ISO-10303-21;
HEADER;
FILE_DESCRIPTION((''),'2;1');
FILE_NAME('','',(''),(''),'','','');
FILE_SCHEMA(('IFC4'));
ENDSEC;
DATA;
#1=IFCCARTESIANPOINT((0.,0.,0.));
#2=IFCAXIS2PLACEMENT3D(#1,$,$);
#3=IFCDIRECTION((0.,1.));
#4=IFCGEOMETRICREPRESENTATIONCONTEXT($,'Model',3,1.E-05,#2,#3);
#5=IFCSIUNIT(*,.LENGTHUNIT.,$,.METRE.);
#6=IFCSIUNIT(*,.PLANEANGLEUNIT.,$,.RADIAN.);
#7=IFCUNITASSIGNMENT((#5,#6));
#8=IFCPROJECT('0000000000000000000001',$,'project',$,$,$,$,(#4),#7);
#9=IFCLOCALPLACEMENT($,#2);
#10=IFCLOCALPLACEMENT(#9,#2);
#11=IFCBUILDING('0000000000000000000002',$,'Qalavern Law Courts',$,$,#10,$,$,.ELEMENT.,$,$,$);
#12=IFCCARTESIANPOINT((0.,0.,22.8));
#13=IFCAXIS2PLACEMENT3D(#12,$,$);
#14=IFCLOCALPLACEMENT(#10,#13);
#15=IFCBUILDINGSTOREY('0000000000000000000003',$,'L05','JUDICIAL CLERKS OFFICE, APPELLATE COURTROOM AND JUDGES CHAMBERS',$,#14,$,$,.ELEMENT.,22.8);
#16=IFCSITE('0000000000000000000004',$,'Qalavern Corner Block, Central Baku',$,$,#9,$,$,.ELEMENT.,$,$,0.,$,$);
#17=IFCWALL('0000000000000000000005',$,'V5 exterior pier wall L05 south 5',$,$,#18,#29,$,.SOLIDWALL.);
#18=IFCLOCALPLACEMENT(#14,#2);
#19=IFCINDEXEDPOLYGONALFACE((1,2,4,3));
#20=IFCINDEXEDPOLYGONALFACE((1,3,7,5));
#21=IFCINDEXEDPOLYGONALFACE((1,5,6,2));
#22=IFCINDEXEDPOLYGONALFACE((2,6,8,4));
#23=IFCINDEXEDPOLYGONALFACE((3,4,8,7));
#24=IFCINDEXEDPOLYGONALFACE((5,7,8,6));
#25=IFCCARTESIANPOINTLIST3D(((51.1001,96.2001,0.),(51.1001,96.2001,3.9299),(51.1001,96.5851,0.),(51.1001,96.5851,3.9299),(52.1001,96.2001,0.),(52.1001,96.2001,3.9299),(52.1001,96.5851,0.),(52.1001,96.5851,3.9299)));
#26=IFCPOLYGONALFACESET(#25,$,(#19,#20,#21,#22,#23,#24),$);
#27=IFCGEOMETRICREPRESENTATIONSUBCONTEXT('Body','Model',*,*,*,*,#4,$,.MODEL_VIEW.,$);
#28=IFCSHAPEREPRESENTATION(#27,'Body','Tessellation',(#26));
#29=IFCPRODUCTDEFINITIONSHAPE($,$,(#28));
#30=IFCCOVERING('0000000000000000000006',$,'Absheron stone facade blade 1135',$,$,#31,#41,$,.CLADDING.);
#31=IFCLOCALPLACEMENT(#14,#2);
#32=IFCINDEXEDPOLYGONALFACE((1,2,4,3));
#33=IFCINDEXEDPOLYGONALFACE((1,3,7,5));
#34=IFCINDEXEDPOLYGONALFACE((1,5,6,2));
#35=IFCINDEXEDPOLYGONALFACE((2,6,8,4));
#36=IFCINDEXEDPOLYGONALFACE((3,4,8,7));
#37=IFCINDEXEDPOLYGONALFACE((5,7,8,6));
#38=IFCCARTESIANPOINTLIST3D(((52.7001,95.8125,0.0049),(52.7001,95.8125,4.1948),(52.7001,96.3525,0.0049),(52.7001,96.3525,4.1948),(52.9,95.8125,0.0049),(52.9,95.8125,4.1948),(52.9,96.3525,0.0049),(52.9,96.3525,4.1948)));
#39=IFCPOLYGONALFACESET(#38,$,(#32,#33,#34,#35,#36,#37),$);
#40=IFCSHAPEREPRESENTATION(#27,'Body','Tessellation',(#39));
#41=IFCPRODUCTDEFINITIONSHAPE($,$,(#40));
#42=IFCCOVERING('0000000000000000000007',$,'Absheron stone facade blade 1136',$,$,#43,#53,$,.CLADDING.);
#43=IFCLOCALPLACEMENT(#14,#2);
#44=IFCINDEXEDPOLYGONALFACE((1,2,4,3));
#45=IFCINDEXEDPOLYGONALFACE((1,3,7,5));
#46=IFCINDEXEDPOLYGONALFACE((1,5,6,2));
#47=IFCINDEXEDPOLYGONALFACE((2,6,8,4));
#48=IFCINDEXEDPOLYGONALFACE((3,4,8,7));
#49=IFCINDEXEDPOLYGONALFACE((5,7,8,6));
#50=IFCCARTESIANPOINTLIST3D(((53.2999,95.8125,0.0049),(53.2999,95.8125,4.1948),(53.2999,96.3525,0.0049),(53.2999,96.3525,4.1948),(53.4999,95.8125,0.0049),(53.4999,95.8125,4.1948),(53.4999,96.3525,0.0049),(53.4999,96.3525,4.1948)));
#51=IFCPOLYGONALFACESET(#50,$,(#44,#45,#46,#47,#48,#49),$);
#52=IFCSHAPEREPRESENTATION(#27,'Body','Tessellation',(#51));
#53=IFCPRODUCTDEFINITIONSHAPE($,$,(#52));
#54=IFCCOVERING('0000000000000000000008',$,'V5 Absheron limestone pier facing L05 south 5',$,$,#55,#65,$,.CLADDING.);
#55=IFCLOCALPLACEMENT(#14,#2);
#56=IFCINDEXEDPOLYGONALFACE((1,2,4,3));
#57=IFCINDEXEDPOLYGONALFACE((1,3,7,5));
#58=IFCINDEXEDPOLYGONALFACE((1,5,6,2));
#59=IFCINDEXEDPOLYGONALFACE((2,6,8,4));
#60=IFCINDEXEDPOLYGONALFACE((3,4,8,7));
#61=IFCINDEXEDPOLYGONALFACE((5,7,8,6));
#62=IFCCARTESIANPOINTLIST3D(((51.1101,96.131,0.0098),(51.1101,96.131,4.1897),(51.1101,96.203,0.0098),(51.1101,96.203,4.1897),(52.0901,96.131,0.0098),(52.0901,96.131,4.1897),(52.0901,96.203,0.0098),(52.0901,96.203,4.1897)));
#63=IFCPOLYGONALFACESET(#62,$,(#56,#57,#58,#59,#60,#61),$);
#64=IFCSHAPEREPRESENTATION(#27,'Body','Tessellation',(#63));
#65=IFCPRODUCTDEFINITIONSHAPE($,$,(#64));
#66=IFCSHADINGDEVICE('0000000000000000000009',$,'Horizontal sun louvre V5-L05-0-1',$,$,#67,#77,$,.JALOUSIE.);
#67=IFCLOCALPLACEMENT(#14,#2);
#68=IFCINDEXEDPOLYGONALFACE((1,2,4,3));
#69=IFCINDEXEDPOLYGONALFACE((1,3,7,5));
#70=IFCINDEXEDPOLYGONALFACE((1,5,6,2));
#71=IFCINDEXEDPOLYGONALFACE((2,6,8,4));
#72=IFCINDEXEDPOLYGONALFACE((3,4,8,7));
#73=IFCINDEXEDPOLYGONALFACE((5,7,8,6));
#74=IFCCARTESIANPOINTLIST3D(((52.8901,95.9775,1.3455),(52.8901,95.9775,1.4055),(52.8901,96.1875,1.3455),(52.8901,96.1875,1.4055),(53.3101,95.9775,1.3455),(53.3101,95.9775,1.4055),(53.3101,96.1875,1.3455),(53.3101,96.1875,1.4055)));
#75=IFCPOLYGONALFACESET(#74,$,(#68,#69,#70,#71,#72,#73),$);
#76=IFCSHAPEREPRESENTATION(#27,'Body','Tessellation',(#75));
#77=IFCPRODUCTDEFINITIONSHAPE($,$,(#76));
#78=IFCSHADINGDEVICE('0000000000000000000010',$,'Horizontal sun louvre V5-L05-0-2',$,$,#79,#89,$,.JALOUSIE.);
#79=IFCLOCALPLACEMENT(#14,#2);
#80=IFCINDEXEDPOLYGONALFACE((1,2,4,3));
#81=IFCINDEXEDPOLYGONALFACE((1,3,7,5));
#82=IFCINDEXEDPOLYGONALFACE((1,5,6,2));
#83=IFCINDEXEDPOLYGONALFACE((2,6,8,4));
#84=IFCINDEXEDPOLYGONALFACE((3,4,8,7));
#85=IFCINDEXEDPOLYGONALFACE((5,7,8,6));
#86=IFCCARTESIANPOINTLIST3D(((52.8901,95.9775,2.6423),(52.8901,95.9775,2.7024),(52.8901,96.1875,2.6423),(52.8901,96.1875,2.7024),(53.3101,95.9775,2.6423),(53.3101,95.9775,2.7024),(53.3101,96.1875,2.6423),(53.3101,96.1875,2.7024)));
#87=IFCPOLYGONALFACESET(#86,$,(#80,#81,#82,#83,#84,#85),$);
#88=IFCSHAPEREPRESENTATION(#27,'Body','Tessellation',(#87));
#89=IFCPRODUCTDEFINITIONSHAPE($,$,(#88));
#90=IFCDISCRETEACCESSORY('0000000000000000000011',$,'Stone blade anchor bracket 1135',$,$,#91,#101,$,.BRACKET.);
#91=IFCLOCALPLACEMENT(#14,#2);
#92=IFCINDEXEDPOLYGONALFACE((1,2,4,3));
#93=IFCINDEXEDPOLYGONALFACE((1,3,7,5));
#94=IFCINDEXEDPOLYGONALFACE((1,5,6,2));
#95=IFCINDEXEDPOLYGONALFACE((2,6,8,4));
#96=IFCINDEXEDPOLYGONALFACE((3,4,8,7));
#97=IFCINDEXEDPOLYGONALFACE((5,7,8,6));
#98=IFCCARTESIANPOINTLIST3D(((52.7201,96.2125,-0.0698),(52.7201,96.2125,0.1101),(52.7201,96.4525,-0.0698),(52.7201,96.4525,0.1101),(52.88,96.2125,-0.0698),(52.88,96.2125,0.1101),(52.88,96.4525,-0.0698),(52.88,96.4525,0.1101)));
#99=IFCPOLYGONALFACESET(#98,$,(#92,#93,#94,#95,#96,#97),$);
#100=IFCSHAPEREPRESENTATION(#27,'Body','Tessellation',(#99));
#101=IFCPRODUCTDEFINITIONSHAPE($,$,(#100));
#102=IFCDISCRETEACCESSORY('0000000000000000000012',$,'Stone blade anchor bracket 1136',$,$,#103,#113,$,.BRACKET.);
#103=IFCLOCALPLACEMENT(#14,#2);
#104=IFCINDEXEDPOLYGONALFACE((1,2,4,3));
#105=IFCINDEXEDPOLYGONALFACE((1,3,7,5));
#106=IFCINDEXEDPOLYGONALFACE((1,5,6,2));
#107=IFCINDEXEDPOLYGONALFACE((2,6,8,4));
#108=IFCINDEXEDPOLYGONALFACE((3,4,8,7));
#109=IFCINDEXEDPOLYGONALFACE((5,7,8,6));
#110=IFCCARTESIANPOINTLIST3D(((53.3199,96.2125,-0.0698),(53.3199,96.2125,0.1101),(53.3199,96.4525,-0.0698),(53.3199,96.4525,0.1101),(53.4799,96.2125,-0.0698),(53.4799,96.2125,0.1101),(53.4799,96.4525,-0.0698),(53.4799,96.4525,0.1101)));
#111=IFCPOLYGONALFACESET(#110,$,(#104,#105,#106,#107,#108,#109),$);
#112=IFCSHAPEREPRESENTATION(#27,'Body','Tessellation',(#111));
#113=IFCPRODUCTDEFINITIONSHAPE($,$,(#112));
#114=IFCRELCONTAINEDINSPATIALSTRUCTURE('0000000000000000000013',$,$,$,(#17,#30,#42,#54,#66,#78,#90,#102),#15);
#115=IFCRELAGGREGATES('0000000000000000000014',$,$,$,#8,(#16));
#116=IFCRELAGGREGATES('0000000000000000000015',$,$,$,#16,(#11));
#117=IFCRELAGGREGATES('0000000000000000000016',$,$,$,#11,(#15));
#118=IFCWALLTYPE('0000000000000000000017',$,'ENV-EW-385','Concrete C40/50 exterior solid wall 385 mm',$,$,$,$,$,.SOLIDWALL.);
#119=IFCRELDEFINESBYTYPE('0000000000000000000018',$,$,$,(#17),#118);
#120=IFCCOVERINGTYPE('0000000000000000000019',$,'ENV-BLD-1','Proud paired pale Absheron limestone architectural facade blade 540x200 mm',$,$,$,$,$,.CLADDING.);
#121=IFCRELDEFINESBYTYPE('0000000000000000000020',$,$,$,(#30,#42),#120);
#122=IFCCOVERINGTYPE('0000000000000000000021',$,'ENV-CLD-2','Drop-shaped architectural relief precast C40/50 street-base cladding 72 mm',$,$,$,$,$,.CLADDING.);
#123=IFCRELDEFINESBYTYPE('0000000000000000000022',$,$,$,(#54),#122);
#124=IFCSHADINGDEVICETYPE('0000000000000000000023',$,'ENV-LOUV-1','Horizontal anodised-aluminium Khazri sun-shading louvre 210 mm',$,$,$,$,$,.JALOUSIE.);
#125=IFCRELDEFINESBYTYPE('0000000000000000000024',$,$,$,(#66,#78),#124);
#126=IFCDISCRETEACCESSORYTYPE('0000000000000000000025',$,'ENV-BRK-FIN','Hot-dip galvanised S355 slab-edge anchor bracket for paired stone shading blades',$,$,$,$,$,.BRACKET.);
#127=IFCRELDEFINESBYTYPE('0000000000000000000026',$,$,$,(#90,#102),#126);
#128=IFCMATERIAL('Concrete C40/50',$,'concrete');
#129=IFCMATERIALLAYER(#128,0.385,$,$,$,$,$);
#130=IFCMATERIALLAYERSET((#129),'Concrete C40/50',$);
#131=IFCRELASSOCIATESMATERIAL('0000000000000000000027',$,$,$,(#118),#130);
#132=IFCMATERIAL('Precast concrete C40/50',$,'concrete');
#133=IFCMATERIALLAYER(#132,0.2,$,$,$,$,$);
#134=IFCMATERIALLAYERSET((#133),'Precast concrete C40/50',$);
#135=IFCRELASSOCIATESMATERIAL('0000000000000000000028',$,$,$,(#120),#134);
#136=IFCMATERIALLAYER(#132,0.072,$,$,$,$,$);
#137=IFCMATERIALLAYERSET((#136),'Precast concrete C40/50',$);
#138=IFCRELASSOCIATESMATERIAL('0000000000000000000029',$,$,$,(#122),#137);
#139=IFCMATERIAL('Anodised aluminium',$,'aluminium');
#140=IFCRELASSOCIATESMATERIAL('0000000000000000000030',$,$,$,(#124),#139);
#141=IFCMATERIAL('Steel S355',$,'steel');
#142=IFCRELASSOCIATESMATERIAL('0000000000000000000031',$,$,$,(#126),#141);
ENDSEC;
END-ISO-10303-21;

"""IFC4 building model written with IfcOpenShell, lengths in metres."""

from ifc_helpers import new_model, si_unit, direction, frame, frame_2d, origin, origin_2d, place, context, subcontext, project, spatial, rectangle, extrude, material, layer, layer_set, type_object, element, save


model = new_model("IFC4")

# Units and contexts
model_context = context("Model", 3, precision=1e-05, world=origin(), true_north=direction((0.0, 1.0)))
body_context = subcontext(model_context, "Body", "Model", "MODEL_VIEW")
ifc_project = project(units=[si_unit("LENGTHUNIT", "METRE"), si_unit("PLANEANGLEUNIT", "RADIAN")], contexts=[model_context])

# Site, building, storey
site_placement = place(None, origin())
site = spatial("IfcSite", under=ifc_project, at=site_placement, Name="Qalavern Corner Block, Central Baku", CompositionType="ELEMENT", RefElevation=0.0)
building_placement = place(site_placement, origin())
building = spatial("IfcBuilding", under=site, at=building_placement, Name="Qalavern Law Courts", CompositionType="ELEMENT")
storey_placement = place(building_placement, frame((0.0, 0.0, 22.8)))
storey = spatial("IfcBuildingStorey", under=building, at=storey_placement, Name="L05", Description="JUDICIAL CLERKS OFFICE, APPELLATE COURTROOM AND JUDGES CHAMBERS", CompositionType="ELEMENT", Elevation=22.8)

# Shared definitions
ifc_material_1 = material(Name="Anodised aluminium", Category="aluminium")

# Wall
ifc_material_2 = material(Name="Concrete C40/50", Category="concrete")
ifc_layer_1 = layer(ifc_material_2, 0.385)
ifc_layer_set_1 = layer_set([ifc_layer_1], Name="Concrete C40/50")
wall_type = type_object("IfcWallType", Name="ENV-EW-385", Description="Concrete C40/50 exterior solid wall 385 mm", PredefinedType="SOLIDWALL", material=ifc_layer_set_1)
wall_placement = place(storey_placement, frame((51.1001, 96.3926, 0.0), z_axis=(0.0, 0.0, 1.0), x_axis=(1.0, 0.0, 0.0)))
element("IfcWall", 1, at=wall_placement, inside=storey, type_object=wall_type, Name="V5 exterior pier wall L05 south 5", PredefinedType="SOLIDWALL", context=body_context, shape_type="SweptSolid", body=[
    extrude(rectangle(XDim=1.0, YDim=0.385, at=frame_2d((0.5, 0.0))), origin(), (0.0, 0.0, 1.0), 3.9299),
])

# Coverings
ifc_material_3 = material(Name="Precast concrete C40/50", Category="concrete")
ifc_layer_2 = layer(ifc_material_3, 0.2)
ifc_layer_set_2 = layer_set([ifc_layer_2], Name="Precast concrete C40/50")
covering_type_1 = type_object("IfcCoveringType", Name="ENV-BLD-1", Description="Proud paired pale Absheron limestone architectural facade blade 540x200 mm", PredefinedType="CLADDING", material=ifc_layer_set_2)
for number, where, z_axis, x_axis, name in (
    (2, (52.8, 96.0825, 0.0049), (0.0, 0.0, 1.0), (0.0, -1.0, 0.0), "Absheron stone facade blade 1135"),
    (3, (53.3999, 96.0825, 0.0049), (0.0, 0.0, 1.0), (0.0, -1.0, 0.0), "Absheron stone facade blade 1136"),
):
    element("IfcCovering", number, at=place(storey_placement, frame(where, z_axis=z_axis, x_axis=x_axis)), inside=storey, type_object=covering_type_1, Name=name, PredefinedType="CLADDING", context=body_context, shape_type="SweptSolid", body=[
        extrude(rectangle(XDim=0.54, YDim=0.2, at=origin_2d()), origin(), (0.0, 0.0, 1.0), 4.1899),
    ])
ifc_layer_3 = layer(ifc_material_3, 0.072)
ifc_layer_set_3 = layer_set([ifc_layer_3], Name="Precast concrete C40/50")
covering_type_2 = type_object("IfcCoveringType", Name="ENV-CLD-2", Description="Drop-shaped architectural relief precast C40/50 street-base cladding 72 mm", PredefinedType="CLADDING", material=ifc_layer_set_3)
covering_placement = place(storey_placement, frame((51.6001, 96.167, 0.0098), z_axis=(0.0, 0.0, 1.0), x_axis=(1.0, 0.0, 0.0)))
element("IfcCovering", 4, at=covering_placement, inside=storey, type_object=covering_type_2, Name="V5 Absheron limestone pier facing L05 south 5", PredefinedType="CLADDING", context=body_context, shape_type="SweptSolid", body=[
    extrude(rectangle(XDim=0.98, YDim=0.072, at=origin_2d()), origin(), (0.0, 0.0, 1.0), 4.1799),
])

# Shading devices
shading_device_type = type_object("IfcShadingDeviceType", Name="ENV-LOUV-1", Description="Horizontal anodised-aluminium Khazri sun-shading louvre 210 mm", PredefinedType="JALOUSIE", material=ifc_material_1)
for number, where, z_axis, x_axis, name in (
    (5, (53.1001, 96.0825, 1.3455), (0.0, 0.0, 1.0), (1.0, 0.0, 0.0), "Horizontal sun louvre V5-L05-0-1"),
    (6, (53.1001, 96.0825, 2.6423), (0.0, 0.0, 1.0), (1.0, 0.0, 0.0), "Horizontal sun louvre V5-L05-0-2"),
):
    element("IfcShadingDevice", number, at=place(storey_placement, frame(where, z_axis=z_axis, x_axis=x_axis)), inside=storey, type_object=shading_device_type, Name=name, PredefinedType="JALOUSIE", context=body_context, shape_type="SweptSolid", body=[
        extrude(rectangle(XDim=0.4199, YDim=0.21, at=origin_2d()), origin(), (0.0, 0.0, 1.0), 0.0601),
    ])

# Discrete accessories
ifc_material_4 = material(Name="Steel S355", Category="steel")
discrete_accessory_type = type_object("IfcDiscreteAccessoryType", Name="ENV-BRK-FIN", Description="Hot-dip galvanised S355 slab-edge anchor bracket for paired stone shading blades", PredefinedType="BRACKET", material=ifc_material_4)
for number, where, z_axis, x_axis, name in (
    (7, (52.8, 96.3325, -0.0698), (0.0, 0.0, 1.0), (0.0, -1.0, 0.0), "Stone blade anchor bracket 1135"),
    (8, (53.3999, 96.3325, -0.0698), (0.0, 0.0, 1.0), (0.0, -1.0, 0.0), "Stone blade anchor bracket 1136"),
):
    element("IfcDiscreteAccessory", number, at=place(storey_placement, frame(where, z_axis=z_axis, x_axis=x_axis)), inside=storey, type_object=discrete_accessory_type, Name=name, PredefinedType="BRACKET", context=body_context, shape_type="SweptSolid", body=[
        extrude(rectangle(XDim=0.24, YDim=0.1599, at=origin_2d()), origin(), (0.0, 0.0, 1.0), 0.1799),
    ])

save(model, "model.ifc")
